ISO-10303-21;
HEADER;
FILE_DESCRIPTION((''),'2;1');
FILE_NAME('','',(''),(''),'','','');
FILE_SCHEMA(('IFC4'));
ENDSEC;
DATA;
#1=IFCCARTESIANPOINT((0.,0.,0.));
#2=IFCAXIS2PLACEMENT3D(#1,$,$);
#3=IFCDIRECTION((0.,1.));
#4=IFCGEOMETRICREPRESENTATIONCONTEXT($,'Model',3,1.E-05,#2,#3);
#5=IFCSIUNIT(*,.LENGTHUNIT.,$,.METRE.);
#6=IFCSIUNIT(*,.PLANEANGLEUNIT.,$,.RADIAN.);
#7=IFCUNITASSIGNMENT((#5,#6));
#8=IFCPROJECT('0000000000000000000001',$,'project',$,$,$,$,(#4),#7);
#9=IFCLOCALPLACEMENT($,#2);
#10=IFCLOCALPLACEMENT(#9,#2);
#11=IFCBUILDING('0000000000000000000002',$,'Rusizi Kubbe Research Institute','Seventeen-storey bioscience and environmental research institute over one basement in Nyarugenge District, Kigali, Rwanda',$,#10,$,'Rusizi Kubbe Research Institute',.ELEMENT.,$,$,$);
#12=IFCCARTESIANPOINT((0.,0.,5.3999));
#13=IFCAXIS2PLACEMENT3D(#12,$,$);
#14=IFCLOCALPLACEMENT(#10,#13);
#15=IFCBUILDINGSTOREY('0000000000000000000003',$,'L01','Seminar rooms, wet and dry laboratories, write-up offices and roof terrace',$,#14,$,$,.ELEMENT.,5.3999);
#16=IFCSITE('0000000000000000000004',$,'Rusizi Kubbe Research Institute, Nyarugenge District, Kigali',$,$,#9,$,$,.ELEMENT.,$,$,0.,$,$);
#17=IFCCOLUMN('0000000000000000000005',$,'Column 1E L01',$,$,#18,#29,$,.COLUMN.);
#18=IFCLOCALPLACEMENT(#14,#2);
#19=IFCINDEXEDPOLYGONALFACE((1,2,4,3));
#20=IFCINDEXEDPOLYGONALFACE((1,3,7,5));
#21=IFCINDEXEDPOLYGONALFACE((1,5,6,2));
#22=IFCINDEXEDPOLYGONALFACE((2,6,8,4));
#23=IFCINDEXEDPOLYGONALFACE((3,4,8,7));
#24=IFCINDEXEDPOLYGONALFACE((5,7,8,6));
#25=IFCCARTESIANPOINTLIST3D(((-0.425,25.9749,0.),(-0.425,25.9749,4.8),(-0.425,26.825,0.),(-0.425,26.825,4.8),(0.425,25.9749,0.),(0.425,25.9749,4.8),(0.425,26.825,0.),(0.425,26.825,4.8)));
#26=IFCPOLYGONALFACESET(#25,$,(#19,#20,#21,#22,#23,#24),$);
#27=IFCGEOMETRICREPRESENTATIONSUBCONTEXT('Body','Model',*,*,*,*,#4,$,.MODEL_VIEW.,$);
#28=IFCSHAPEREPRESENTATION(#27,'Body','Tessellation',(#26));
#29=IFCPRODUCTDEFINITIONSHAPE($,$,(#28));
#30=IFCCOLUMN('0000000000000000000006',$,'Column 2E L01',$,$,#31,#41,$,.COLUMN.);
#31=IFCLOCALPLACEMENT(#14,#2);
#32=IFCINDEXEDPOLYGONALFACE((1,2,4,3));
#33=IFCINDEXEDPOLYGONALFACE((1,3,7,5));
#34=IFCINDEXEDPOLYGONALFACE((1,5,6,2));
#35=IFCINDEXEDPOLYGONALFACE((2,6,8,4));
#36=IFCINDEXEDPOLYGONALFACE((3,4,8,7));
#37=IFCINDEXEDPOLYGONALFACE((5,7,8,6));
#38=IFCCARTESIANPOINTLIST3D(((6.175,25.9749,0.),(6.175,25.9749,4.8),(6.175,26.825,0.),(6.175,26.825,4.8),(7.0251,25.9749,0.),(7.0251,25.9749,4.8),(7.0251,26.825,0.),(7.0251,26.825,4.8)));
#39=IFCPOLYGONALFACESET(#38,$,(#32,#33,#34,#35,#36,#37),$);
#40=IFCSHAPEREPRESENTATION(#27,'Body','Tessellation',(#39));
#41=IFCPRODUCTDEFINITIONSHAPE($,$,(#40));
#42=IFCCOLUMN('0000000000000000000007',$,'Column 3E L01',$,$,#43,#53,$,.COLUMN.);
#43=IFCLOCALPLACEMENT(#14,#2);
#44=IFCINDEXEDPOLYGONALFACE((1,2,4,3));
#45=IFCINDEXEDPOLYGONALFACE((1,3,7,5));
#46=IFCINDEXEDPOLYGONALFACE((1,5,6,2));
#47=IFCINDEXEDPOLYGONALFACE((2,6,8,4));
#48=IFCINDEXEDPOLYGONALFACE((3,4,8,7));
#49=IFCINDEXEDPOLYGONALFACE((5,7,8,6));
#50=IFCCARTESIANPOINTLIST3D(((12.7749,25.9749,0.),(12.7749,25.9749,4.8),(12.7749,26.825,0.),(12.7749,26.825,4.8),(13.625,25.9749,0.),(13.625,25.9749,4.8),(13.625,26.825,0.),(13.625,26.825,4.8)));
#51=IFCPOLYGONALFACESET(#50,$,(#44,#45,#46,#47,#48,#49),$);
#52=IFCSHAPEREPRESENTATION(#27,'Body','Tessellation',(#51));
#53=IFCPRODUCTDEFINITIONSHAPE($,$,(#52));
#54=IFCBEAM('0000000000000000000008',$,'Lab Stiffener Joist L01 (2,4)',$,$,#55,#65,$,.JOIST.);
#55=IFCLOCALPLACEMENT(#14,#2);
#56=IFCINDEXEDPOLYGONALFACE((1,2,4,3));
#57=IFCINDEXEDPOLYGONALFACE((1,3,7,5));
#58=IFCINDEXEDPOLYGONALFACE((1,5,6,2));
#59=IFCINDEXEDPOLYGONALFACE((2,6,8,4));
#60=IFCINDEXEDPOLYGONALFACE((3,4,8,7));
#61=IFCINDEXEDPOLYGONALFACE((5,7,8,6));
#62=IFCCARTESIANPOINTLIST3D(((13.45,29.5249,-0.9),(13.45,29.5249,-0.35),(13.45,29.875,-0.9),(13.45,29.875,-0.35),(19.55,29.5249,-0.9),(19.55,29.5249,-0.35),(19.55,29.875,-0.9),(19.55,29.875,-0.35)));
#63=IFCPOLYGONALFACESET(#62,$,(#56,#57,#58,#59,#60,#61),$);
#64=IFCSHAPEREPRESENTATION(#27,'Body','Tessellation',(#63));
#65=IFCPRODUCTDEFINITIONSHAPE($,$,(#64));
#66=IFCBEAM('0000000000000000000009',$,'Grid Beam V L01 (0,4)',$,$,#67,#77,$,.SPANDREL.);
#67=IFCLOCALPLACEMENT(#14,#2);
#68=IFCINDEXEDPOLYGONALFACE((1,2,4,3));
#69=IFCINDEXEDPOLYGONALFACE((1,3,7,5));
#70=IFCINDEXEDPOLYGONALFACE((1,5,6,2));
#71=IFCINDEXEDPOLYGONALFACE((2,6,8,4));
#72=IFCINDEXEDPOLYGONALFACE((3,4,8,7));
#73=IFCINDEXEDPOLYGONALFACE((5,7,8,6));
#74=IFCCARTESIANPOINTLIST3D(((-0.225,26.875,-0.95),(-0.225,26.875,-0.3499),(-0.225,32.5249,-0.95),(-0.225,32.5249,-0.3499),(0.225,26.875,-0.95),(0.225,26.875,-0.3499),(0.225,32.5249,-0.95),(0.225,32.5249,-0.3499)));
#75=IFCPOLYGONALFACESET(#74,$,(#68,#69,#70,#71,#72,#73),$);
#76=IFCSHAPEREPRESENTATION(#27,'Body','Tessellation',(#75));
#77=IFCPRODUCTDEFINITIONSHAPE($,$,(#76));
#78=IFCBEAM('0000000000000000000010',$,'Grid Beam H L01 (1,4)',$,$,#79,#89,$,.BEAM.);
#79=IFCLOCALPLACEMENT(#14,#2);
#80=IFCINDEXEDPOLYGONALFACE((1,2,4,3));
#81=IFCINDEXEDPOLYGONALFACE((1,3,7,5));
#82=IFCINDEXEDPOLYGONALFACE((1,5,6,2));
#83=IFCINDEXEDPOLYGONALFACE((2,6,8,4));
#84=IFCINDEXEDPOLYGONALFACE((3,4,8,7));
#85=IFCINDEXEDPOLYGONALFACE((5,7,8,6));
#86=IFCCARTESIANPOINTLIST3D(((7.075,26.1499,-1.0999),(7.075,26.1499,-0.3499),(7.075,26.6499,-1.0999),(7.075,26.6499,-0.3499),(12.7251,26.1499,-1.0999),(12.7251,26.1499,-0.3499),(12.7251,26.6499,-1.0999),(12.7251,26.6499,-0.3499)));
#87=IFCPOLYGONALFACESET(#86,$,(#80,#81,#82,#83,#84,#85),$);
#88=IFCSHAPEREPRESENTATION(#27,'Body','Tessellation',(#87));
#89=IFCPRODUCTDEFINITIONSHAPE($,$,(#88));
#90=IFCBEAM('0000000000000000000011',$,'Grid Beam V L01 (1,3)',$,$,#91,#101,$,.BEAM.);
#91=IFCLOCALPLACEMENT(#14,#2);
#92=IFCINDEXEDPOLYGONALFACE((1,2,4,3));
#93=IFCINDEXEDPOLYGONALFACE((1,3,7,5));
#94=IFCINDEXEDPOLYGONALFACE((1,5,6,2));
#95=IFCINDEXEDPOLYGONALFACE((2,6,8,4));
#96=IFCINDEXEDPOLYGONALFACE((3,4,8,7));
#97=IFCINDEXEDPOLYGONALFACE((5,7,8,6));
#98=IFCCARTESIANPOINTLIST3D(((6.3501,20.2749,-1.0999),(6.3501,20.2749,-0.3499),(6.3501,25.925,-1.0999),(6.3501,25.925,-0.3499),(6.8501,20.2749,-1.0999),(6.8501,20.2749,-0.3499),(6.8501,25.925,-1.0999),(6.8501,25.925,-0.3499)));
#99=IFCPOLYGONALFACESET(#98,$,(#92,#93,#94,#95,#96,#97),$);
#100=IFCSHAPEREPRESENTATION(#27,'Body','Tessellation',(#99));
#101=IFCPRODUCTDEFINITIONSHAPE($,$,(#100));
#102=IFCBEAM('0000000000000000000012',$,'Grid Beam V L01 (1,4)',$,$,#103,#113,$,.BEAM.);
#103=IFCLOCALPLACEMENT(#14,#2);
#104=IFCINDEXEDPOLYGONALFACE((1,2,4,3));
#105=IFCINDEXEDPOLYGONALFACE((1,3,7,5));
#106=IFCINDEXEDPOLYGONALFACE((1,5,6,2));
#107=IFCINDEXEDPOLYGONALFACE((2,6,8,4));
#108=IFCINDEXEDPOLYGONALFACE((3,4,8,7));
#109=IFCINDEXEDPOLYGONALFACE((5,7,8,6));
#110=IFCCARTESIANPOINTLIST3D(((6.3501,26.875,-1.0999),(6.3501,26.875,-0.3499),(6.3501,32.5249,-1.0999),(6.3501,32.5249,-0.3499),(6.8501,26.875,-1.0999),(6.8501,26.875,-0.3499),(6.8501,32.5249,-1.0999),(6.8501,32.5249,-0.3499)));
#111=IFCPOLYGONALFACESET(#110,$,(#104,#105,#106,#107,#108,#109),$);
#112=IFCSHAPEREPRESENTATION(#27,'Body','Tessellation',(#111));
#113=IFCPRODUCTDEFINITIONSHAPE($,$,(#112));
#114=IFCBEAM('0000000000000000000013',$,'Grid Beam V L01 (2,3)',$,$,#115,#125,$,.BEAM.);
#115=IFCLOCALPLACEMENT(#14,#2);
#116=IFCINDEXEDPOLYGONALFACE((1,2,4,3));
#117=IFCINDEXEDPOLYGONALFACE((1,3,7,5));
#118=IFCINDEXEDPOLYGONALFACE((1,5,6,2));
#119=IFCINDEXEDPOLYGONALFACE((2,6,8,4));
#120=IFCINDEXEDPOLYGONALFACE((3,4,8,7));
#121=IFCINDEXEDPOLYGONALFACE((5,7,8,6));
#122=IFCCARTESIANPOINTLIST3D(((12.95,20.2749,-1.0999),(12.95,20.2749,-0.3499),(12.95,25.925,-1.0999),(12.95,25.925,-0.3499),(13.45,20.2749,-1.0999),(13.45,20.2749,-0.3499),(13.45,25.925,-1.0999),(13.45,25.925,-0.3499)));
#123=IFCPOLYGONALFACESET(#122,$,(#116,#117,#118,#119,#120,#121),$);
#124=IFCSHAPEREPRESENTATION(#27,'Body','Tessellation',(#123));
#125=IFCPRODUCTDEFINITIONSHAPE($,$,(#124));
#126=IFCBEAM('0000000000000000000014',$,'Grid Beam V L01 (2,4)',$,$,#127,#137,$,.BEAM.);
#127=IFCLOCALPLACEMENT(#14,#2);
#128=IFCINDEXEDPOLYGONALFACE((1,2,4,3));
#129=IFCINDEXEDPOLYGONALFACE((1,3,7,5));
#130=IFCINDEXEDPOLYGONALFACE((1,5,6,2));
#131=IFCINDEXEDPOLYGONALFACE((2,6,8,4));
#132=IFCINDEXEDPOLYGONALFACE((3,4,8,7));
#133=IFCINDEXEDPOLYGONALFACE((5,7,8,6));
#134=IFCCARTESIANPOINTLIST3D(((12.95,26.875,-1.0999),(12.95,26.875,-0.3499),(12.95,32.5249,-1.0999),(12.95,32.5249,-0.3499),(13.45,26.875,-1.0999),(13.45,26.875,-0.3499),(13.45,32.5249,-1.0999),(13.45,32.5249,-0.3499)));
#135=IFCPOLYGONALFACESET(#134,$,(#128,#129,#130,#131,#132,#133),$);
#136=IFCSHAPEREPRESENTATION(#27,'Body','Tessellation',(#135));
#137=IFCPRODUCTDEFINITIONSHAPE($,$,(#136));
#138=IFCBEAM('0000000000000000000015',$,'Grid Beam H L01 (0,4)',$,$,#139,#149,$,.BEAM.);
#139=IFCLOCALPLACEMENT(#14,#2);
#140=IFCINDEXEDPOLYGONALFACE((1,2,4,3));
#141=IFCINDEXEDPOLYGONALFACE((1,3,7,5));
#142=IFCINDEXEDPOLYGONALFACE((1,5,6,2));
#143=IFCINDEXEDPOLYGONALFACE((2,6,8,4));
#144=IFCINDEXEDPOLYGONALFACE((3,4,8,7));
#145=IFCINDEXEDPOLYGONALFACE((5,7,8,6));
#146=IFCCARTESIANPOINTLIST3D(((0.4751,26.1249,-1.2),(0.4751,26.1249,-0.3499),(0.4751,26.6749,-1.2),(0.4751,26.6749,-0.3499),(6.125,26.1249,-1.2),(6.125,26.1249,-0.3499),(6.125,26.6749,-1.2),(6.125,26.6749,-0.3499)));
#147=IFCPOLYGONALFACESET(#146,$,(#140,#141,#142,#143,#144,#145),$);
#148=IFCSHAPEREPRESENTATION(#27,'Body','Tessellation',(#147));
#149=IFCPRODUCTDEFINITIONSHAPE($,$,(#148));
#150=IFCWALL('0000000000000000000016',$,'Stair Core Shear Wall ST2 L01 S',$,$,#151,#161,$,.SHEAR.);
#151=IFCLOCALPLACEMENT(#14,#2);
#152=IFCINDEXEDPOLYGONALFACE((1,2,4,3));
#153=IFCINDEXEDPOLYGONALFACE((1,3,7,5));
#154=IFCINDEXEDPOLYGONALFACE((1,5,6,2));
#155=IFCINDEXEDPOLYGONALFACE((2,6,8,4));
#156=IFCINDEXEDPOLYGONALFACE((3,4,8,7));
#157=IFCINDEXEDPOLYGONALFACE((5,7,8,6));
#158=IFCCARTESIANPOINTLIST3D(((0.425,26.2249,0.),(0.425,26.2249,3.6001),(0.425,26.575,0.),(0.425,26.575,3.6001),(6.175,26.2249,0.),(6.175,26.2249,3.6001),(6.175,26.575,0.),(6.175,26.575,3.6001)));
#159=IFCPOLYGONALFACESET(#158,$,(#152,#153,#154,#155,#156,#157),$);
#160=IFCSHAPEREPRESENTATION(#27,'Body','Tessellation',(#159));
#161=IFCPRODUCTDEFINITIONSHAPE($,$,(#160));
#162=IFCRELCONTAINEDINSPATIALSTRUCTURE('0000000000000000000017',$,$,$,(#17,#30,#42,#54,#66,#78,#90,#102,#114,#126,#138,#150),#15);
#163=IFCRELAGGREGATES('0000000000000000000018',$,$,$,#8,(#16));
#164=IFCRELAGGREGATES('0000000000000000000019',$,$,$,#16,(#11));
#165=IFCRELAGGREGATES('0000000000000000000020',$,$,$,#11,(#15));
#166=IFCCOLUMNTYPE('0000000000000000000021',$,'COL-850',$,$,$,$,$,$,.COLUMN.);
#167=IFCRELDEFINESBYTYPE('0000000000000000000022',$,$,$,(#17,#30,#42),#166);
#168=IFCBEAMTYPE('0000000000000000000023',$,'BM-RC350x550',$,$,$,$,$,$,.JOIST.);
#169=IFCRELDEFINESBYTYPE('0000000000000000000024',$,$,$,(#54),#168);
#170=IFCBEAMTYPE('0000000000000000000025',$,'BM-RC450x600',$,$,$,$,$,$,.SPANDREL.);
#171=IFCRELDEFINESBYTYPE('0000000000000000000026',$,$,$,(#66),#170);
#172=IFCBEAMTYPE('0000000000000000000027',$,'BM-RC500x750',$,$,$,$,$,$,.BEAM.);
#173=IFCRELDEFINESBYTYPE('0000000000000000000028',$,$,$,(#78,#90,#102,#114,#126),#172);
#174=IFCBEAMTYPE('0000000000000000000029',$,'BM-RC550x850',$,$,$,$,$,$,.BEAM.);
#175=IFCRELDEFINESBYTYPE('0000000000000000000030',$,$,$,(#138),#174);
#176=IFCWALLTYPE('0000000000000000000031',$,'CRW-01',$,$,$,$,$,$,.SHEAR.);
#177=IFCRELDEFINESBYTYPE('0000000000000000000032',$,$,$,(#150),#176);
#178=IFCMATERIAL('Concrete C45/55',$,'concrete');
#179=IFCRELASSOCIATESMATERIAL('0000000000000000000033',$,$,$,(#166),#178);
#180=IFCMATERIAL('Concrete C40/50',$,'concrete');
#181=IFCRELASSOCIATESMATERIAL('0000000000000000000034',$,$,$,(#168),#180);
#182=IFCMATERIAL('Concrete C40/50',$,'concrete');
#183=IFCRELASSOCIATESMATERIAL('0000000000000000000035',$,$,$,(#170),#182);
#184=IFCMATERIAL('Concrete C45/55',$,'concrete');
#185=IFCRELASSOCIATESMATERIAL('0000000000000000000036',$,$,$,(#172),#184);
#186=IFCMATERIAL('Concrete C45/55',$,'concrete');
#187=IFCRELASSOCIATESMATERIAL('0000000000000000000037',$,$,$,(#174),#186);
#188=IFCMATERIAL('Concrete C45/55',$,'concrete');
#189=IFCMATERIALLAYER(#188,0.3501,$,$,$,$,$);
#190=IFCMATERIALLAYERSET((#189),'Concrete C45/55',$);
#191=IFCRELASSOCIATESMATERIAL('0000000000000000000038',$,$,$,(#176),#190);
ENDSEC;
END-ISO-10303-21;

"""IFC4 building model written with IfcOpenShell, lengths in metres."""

from ifc_helpers import new_model, si_unit, direction, frame, frame_2d, origin, origin_2d, place, context, subcontext, project, spatial, rectangle, extrude, material, layer, layer_set, material_profile, profile_set, type_object, element, save


model = new_model("IFC4")

# Units and contexts
model_context = context("Model", 3, precision=1e-05, world=origin(), true_north=direction((0.0, 1.0)))
body_context = subcontext(model_context, "Body", "Model", "MODEL_VIEW")
ifc_project = project(units=[si_unit("LENGTHUNIT", "METRE"), si_unit("PLANEANGLEUNIT", "RADIAN")], contexts=[model_context])

# Site, building, storey
site_placement = place(None, origin())
site = spatial("IfcSite", under=ifc_project, at=site_placement, Name="Rusizi Kubbe Research Institute, Nyarugenge District, Kigali", CompositionType="ELEMENT", RefElevation=0.0)
building_placement = place(site_placement, origin())
building = spatial("IfcBuilding", under=site, at=building_placement, Name="Rusizi Kubbe Research Institute", Description="Seventeen-storey bioscience and environmental research institute over one basement in Nyarugenge District, Kigali, Rwanda", LongName="Rusizi Kubbe Research Institute", CompositionType="ELEMENT")
storey_placement = place(building_placement, frame((0.0, 0.0, 5.3999)))
storey = spatial("IfcBuildingStorey", under=building, at=storey_placement, Name="L01", Description="Seminar rooms, wet and dry laboratories, write-up offices and roof terrace", CompositionType="ELEMENT", Elevation=5.3999)

# Columns
ifc_material_1 = material(Name="Concrete C45/55", Category="concrete")
ifc_material_profile_1 = material_profile(ifc_material_1, rectangle(XDim=0.8501, YDim=0.8501, at=origin_2d()), Name="RC850x850")
ifc_profile_set_1 = profile_set([ifc_material_profile_1], Name="Concrete C45/55")
column_type = type_object("IfcColumnType", Name="COL-850", PredefinedType="COLUMN", material=ifc_profile_set_1)
for number, where, z_axis, x_axis, name in (
    (1, (0.0, 26.3999, 0.0), (0.0, 0.0, 1.0), (1.0, 0.0, 0.0), "Column 1E L01"),
    (2, (6.6001, 26.3999, 0.0), (0.0, 0.0, 1.0), (1.0, 0.0, 0.0), "Column 2E L01"),
    (3, (13.2, 26.3999, 0.0), (0.0, 0.0, 1.0), (1.0, 0.0, 0.0), "Column 3E L01"),
):
    element("IfcColumn", number, at=place(storey_placement, frame(where, z_axis=z_axis, x_axis=x_axis)), inside=storey, type_object=column_type, Name=name, PredefinedType="COLUMN", context=body_context, shape_type="SweptSolid", body=[
        extrude(rectangle(XDim=0.8501, YDim=0.8501, at=origin_2d()), origin(), (0.0, 0.0, 1.0), 4.8),
    ])

# Beams
ifc_material_2 = material(Name="Concrete C40/50", Category="concrete")
ifc_material_profile_2 = material_profile(ifc_material_2, rectangle(XDim=0.3501, YDim=0.55, at=origin_2d()), Name="RC350x550")
ifc_profile_set_2 = profile_set([ifc_material_profile_2], Name="Concrete C40/50")
beam_type_1 = type_object("IfcBeamType", Name="BM-RC350x550", PredefinedType="JOIST", material=ifc_profile_set_2)
beam_1_placement = place(storey_placement, frame((13.45, 29.7, -0.625), z_axis=(1.0, 0.0, 0.0), x_axis=(0.0, 1.0, 0.0)))
element("IfcBeam", 4, at=beam_1_placement, inside=storey, type_object=beam_type_1, Name="Lab Stiffener Joist L01 (2,4)", PredefinedType="JOIST", context=body_context, shape_type="SweptSolid", body=[
    extrude(rectangle(XDim=0.3501, YDim=0.55, at=origin_2d()), origin(), (0.0, 0.0, 1.0), 6.1001),
])
ifc_material_3 = material(Name="Concrete C40/50", Category="concrete")
ifc_material_profile_3 = material_profile(ifc_material_3, rectangle(XDim=0.45, YDim=0.6001, at=origin_2d()), Name="RC450x600")
ifc_profile_set_3 = profile_set([ifc_material_profile_3], Name="Concrete C40/50")
beam_type_2 = type_object("IfcBeamType", Name="BM-RC450x600", PredefinedType="SPANDREL", material=ifc_profile_set_3)
beam_2_placement = place(storey_placement, frame((0.0, 26.875, -0.6499), z_axis=(0.0, 1.0, 0.0), x_axis=(-1.0, 0.0, 0.0)))
element("IfcBeam", 5, at=beam_2_placement, inside=storey, type_object=beam_type_2, Name="Grid Beam V L01 (0,4)", PredefinedType="SPANDREL", context=body_context, shape_type="SweptSolid", body=[
    extrude(rectangle(XDim=0.45, YDim=0.6001, at=origin_2d()), origin(), (0.0, 0.0, 1.0), 5.6499),
])
ifc_material_4 = material(Name="Concrete C45/55", Category="concrete")
ifc_material_profile_4 = material_profile(ifc_material_4, rectangle(XDim=0.5, YDim=0.75, at=origin_2d()), Name="RC500x750B")
ifc_profile_set_4 = profile_set([ifc_material_profile_4], Name="Concrete C45/55")
beam_type_3 = type_object("IfcBeamType", Name="BM-RC500x750", PredefinedType="BEAM", material=ifc_profile_set_4)
for number, where, z_axis, x_axis, name in (
    (6, (7.075, 26.3999, -0.7249), (1.0, 0.0, 0.0), (0.0, 1.0, 0.0), "Grid Beam H L01 (1,4)"),
    (7, (6.6001, 20.2749, -0.7249), (0.0, 1.0, 0.0), (-1.0, 0.0, 0.0), "Grid Beam V L01 (1,3)"),
):
    element("IfcBeam", number, at=place(storey_placement, frame(where, z_axis=z_axis, x_axis=x_axis)), inside=storey, type_object=beam_type_3, Name=name, PredefinedType="BEAM", context=body_context, shape_type="SweptSolid", body=[
        extrude(rectangle(XDim=0.5, YDim=0.75, at=origin_2d()), origin(), (0.0, 0.0, 1.0), 5.6501),
    ])
beam_3_placement = place(storey_placement, frame((6.6001, 26.875, -0.7249), z_axis=(0.0, 1.0, 0.0), x_axis=(-1.0, 0.0, 0.0)))
element("IfcBeam", 8, at=beam_3_placement, inside=storey, type_object=beam_type_3, Name="Grid Beam V L01 (1,4)", PredefinedType="BEAM", context=body_context, shape_type="SweptSolid", body=[
    extrude(rectangle(XDim=0.5, YDim=0.75, at=origin_2d()), origin(), (0.0, 0.0, 1.0), 5.6499),
])
beam_4_placement = place(storey_placement, frame((13.2, 20.2749, -0.7249), z_axis=(0.0, 1.0, 0.0), x_axis=(-1.0, 0.0, 0.0)))
element("IfcBeam", 9, at=beam_4_placement, inside=storey, type_object=beam_type_3, Name="Grid Beam V L01 (2,3)", PredefinedType="BEAM", context=body_context, shape_type="SweptSolid", body=[
    extrude(rectangle(XDim=0.5, YDim=0.75, at=origin_2d()), origin(), (0.0, 0.0, 1.0), 5.6501),
])
beam_5_placement = place(storey_placement, frame((13.2, 26.875, -0.7249), z_axis=(0.0, 1.0, 0.0), x_axis=(-1.0, 0.0, 0.0)))
element("IfcBeam", 10, at=beam_5_placement, inside=storey, type_object=beam_type_3, Name="Grid Beam V L01 (2,4)", PredefinedType="BEAM", context=body_context, shape_type="SweptSolid", body=[
    extrude(rectangle(XDim=0.5, YDim=0.75, at=origin_2d()), origin(), (0.0, 0.0, 1.0), 5.6499),
])
ifc_material_5 = material(Name="Concrete C45/55", Category="concrete")
ifc_material_profile_5 = material_profile(ifc_material_5, rectangle(XDim=0.55, YDim=0.8501, at=origin_2d()), Name="RC550x850")
ifc_profile_set_5 = profile_set([ifc_material_profile_5], Name="Concrete C45/55")
beam_type_4 = type_object("IfcBeamType", Name="BM-RC550x850", PredefinedType="BEAM", material=ifc_profile_set_5)
beam_6_placement = place(storey_placement, frame((0.4751, 26.3999, -0.7749), z_axis=(1.0, 0.0, 0.0), x_axis=(0.0, 1.0, 0.0)))
element("IfcBeam", 11, at=beam_6_placement, inside=storey, type_object=beam_type_4, Name="Grid Beam H L01 (0,4)", PredefinedType="BEAM", context=body_context, shape_type="SweptSolid", body=[
    extrude(rectangle(XDim=0.55, YDim=0.8501, at=origin_2d()), origin(), (0.0, 0.0, 1.0), 5.6499),
])

# Wall
ifc_material_6 = material(Name="Concrete C45/55", Category="concrete")
ifc_layer_1 = layer(ifc_material_6, 0.3501)
ifc_layer_set_1 = layer_set([ifc_layer_1], Name="Concrete C45/55")
wall_type_1 = type_object("IfcWallType", Name="CRW-01", PredefinedType="SHEAR", material=ifc_layer_set_1)
wall_1_placement = place(storey_placement, frame((0.425, 26.3999, 0.0), z_axis=(0.0, 0.0, 1.0), x_axis=(1.0, 0.0, 0.0)))
element("IfcWall", 12, at=wall_1_placement, inside=storey, type_object=wall_type_1, Name="Stair Core Shear Wall ST2 L01 S", PredefinedType="SHEAR", context=body_context, shape_type="SweptSolid", body=[
    extrude(rectangle(XDim=5.75, YDim=0.3501, at=frame_2d((2.875, 0.0))), origin(), (0.0, 0.0, 1.0), 3.6001),
])

save(model, "model.ifc")
